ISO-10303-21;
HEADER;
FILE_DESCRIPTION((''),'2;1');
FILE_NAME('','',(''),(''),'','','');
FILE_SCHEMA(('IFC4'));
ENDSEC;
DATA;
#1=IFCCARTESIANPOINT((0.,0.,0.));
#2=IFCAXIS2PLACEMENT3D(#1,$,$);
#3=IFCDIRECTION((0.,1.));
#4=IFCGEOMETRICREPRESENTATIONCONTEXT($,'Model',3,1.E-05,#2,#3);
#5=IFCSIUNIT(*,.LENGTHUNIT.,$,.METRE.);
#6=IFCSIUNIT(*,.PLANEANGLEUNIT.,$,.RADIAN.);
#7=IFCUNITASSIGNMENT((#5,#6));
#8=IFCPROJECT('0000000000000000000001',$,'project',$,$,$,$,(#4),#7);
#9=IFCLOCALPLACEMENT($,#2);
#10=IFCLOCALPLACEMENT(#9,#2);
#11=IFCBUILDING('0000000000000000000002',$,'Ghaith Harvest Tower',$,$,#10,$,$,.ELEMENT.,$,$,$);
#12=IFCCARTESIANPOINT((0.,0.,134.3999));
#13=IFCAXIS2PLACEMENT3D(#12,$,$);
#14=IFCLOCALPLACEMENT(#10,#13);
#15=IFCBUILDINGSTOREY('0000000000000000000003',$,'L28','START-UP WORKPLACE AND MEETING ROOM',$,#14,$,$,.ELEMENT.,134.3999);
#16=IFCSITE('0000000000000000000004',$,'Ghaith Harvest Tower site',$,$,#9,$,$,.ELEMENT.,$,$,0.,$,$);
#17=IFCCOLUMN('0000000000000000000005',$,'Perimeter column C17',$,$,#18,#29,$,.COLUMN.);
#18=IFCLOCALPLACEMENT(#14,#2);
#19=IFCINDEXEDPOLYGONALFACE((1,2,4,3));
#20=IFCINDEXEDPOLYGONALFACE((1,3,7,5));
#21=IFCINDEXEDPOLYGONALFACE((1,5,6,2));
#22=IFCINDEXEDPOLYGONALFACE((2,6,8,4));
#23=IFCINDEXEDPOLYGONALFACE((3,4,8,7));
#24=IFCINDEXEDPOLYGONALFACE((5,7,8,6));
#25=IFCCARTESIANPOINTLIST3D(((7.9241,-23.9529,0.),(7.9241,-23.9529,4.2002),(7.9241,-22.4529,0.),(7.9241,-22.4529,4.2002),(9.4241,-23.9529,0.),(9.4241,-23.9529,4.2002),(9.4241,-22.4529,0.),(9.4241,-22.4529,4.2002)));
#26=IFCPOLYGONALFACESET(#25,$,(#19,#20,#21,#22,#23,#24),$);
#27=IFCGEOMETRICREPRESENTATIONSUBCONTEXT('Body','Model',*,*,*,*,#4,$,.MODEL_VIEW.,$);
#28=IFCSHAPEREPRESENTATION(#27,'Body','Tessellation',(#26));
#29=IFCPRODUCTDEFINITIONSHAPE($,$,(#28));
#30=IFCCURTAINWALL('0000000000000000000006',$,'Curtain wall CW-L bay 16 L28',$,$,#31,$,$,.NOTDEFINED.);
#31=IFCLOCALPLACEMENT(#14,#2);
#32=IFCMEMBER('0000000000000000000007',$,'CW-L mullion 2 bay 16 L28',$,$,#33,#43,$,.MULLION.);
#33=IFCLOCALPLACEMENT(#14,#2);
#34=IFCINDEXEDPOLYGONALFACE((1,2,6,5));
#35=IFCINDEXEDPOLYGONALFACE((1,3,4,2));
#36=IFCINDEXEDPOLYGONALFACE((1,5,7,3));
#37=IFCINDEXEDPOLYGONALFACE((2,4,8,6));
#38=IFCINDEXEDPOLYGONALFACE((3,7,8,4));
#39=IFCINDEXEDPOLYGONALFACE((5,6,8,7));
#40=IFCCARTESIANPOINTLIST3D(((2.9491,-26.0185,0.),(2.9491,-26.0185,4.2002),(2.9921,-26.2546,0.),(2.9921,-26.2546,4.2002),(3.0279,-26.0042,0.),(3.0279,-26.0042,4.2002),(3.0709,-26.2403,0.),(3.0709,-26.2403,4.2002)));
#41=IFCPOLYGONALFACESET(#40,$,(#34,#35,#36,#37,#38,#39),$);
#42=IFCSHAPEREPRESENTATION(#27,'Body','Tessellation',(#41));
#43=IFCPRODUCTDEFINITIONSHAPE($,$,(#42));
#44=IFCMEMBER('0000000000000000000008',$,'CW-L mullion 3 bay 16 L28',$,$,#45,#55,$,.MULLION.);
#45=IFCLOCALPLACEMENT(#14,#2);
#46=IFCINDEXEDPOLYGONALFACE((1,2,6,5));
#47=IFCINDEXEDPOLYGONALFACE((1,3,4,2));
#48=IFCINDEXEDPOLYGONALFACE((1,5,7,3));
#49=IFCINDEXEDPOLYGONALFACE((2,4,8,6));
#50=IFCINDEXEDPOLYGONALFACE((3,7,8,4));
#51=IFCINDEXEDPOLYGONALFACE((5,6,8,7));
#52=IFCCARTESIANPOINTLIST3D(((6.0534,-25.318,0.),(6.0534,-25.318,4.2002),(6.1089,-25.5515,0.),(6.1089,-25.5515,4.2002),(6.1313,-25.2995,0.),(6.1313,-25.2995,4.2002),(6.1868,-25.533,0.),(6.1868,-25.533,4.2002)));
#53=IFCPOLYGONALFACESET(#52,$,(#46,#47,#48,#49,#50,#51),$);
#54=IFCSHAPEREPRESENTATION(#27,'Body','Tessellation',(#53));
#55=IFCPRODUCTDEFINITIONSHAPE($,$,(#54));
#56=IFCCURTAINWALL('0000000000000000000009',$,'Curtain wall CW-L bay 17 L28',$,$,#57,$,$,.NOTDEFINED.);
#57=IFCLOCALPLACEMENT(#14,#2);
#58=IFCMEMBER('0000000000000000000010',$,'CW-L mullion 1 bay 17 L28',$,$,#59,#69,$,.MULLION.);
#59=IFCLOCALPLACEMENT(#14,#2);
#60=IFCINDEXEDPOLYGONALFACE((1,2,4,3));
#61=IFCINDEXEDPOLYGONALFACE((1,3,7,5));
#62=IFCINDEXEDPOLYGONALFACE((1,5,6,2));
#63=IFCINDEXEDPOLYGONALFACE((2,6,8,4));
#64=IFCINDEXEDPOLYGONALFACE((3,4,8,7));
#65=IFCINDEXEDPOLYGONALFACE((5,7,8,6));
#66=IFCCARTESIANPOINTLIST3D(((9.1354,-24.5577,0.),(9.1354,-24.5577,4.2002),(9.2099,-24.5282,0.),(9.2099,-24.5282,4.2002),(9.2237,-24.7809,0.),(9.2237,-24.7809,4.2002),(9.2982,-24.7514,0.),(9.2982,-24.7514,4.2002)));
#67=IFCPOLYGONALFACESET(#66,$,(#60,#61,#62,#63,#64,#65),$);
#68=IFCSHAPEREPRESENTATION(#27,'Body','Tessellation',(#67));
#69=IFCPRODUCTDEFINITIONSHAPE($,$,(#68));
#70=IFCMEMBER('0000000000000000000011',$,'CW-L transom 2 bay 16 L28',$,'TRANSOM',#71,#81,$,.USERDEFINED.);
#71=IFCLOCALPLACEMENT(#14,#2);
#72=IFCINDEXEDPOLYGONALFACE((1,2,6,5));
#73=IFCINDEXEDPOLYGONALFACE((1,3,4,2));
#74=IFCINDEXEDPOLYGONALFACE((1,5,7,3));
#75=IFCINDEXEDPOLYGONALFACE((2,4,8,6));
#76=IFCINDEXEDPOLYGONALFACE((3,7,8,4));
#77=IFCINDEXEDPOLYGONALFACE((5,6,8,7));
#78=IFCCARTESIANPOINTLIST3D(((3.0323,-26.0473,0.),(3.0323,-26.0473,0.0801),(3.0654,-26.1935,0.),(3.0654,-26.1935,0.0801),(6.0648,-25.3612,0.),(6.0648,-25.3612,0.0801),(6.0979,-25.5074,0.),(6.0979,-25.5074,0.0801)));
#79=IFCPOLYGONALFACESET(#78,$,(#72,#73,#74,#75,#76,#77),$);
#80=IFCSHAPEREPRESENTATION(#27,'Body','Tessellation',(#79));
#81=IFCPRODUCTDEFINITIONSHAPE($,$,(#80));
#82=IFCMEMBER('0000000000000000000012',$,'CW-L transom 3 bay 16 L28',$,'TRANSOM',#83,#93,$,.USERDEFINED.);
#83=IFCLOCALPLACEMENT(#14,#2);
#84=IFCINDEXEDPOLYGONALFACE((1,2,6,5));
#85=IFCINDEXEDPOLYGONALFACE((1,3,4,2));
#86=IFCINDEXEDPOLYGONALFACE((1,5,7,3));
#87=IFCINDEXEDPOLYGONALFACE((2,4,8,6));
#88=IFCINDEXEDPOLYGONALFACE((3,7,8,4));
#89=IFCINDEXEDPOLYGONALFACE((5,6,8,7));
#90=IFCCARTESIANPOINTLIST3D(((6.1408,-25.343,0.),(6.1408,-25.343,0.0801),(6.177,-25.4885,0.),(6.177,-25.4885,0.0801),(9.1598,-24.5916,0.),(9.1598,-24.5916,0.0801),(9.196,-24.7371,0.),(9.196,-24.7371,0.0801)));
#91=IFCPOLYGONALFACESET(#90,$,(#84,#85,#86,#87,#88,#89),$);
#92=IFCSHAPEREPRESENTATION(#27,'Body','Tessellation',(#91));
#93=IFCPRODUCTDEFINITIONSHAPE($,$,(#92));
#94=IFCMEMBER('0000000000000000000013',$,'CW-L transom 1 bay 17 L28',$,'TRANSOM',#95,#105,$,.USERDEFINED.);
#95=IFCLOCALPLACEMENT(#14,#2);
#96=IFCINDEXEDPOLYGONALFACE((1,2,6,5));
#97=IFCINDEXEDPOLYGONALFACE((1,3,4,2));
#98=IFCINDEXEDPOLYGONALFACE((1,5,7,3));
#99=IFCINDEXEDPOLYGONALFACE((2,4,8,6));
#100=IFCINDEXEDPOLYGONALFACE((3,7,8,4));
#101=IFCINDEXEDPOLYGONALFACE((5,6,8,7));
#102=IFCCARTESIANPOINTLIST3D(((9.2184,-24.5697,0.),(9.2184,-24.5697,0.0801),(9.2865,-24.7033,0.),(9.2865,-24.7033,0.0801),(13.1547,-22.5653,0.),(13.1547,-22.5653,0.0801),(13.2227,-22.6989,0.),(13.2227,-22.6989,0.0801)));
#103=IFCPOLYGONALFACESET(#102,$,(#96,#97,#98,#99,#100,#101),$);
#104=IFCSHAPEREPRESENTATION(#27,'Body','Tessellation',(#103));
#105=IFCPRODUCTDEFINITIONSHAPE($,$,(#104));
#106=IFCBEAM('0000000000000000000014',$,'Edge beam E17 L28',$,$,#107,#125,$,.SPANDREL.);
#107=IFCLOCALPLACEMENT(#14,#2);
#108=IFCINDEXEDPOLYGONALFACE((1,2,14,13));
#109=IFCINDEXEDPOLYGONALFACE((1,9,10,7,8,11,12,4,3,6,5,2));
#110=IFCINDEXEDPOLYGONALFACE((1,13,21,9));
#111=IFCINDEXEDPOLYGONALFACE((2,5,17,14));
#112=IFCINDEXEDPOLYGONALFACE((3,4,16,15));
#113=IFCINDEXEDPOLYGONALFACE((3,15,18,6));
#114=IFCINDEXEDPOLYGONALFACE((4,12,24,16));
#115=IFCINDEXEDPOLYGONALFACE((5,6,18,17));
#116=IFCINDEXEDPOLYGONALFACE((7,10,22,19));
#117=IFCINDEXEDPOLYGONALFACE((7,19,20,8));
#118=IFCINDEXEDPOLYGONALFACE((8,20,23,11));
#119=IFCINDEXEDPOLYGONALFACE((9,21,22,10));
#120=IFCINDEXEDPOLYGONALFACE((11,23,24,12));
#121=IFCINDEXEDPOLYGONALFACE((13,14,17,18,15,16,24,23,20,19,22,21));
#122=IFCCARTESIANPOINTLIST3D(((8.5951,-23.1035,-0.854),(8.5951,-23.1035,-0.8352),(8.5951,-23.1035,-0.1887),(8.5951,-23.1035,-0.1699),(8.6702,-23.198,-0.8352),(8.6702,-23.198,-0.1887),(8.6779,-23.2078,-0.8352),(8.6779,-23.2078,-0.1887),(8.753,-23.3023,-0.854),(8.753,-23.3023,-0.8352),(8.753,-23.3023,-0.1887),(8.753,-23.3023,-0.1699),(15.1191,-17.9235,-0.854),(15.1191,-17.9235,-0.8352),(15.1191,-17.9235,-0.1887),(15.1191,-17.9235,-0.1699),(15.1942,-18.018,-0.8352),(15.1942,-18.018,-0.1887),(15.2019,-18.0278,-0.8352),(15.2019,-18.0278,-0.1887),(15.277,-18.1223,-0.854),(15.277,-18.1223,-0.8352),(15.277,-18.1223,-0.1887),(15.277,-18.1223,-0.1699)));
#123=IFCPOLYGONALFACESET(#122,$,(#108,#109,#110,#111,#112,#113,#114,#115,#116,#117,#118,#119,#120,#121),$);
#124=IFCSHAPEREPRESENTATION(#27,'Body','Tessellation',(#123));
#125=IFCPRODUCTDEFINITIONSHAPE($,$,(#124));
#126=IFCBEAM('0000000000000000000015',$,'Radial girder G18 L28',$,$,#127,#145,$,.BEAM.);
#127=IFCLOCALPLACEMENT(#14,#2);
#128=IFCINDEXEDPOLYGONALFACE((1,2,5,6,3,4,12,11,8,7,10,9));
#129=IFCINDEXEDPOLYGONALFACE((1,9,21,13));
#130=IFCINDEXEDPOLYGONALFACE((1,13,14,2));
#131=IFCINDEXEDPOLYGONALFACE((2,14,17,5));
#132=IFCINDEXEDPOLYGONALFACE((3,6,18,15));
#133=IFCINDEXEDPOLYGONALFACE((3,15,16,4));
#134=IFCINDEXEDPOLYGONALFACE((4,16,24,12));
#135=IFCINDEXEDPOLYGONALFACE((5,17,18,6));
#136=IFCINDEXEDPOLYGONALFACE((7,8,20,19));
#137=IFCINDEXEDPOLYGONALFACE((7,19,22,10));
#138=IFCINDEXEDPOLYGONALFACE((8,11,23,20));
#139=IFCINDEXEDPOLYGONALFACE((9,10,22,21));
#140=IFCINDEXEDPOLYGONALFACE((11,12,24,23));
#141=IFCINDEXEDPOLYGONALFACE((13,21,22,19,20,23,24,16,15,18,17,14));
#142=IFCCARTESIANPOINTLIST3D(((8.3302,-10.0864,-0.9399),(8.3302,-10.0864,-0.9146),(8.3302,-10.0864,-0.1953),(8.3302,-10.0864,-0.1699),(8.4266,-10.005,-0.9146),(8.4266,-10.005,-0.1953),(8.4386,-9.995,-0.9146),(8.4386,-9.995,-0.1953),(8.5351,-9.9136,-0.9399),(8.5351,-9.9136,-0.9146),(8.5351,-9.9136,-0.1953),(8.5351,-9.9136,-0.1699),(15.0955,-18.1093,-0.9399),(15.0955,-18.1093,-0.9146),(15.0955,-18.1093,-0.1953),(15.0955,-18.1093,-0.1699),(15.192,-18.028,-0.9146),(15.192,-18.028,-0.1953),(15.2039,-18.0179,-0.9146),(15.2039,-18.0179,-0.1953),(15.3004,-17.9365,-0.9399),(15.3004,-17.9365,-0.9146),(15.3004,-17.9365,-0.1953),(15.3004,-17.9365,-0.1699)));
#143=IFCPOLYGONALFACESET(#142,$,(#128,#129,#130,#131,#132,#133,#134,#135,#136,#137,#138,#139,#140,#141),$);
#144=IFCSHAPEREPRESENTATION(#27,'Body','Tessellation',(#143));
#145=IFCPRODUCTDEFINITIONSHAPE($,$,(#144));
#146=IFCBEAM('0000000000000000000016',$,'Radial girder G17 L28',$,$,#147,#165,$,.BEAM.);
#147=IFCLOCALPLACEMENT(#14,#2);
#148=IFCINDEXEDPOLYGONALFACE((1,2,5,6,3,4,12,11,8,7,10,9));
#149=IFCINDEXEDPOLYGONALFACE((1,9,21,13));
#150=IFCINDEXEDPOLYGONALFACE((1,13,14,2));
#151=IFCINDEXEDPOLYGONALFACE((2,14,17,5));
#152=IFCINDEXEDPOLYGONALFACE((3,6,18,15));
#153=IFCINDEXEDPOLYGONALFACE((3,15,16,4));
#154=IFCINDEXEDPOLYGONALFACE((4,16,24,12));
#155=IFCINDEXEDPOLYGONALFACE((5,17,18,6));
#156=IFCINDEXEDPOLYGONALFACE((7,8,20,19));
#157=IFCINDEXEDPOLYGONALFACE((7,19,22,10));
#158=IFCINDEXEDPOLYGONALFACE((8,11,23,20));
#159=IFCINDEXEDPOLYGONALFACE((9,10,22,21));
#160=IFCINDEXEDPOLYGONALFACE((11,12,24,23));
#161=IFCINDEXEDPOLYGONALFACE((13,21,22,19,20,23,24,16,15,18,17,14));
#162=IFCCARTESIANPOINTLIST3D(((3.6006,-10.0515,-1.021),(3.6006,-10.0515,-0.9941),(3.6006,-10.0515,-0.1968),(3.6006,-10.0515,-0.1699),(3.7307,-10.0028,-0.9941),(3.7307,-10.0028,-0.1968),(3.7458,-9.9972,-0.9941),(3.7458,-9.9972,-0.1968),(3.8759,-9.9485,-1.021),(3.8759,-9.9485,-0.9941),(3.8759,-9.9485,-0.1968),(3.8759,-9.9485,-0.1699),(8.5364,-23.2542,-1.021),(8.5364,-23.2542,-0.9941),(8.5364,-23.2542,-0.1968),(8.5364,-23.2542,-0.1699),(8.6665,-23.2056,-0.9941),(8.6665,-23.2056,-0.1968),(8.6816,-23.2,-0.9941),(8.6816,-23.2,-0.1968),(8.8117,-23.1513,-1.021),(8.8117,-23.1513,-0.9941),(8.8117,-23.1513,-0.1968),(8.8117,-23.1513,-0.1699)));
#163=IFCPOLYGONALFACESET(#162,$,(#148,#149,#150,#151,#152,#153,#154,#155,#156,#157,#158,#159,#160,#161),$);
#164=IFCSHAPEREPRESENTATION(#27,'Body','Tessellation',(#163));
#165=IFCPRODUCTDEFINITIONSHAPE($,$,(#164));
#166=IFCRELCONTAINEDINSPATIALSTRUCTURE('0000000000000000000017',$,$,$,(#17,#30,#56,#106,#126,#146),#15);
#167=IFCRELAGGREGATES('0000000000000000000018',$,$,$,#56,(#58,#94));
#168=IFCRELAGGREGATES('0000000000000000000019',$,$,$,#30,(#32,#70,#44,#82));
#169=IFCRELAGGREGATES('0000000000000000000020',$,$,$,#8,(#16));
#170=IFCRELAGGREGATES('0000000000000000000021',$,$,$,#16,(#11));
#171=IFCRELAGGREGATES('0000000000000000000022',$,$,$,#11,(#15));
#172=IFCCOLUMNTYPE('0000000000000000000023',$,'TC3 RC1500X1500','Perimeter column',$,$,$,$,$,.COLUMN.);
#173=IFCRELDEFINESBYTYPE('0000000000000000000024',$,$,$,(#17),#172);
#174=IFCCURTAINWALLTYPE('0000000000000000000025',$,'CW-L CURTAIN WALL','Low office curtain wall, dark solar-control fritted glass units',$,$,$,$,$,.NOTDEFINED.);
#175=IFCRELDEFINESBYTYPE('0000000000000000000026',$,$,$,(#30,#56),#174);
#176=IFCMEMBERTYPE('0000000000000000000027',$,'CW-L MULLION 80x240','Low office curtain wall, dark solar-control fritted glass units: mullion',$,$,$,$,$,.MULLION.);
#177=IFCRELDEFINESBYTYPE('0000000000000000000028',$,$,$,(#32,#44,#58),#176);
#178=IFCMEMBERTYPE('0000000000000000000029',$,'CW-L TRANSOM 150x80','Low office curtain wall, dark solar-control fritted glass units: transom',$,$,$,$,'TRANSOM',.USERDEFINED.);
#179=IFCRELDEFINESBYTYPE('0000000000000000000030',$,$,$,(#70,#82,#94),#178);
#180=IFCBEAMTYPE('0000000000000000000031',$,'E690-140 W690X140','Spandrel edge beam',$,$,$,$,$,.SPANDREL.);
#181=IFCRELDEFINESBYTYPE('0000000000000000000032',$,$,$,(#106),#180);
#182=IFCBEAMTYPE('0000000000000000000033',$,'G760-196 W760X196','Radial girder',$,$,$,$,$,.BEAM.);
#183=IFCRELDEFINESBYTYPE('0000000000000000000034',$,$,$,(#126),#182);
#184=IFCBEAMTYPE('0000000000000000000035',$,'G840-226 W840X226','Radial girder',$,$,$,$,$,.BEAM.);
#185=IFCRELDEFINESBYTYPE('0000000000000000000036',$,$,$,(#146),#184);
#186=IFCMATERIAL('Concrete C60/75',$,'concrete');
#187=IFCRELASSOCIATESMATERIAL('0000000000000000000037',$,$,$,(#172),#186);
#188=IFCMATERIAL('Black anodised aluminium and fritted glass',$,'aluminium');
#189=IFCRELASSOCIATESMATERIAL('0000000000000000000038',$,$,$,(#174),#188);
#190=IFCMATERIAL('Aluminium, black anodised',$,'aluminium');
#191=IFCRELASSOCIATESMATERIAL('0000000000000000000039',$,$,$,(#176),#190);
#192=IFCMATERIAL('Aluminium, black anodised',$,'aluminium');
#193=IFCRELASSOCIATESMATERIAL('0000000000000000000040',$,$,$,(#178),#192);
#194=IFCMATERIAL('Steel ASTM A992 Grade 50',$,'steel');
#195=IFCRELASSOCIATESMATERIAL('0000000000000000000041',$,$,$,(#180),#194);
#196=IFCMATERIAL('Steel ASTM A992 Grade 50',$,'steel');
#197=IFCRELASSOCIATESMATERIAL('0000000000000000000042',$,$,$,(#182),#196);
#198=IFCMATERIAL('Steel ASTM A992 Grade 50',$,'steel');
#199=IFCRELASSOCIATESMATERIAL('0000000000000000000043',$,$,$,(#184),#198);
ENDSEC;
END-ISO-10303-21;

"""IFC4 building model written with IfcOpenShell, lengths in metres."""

from ifc_helpers import new_model, si_unit, direction, frame, origin, origin_2d, place, context, subcontext, project, spatial, rectangle, i_section, extrude, material, material_profile, profile_set, type_object, element, aggregate, save


model = new_model("IFC4")

# Units and contexts
model_context = context("Model", 3, precision=1e-05, world=origin(), true_north=direction((0.0, 1.0)))
body_context = subcontext(model_context, "Body", "Model", "MODEL_VIEW")
ifc_project = project(units=[si_unit("LENGTHUNIT", "METRE"), si_unit("PLANEANGLEUNIT", "RADIAN")], contexts=[model_context])

# Site, building, storey
site_placement = place(None, origin())
site = spatial("IfcSite", under=ifc_project, at=site_placement, Name="Ghaith Harvest Tower site", CompositionType="ELEMENT", RefElevation=0.0)
building_placement = place(site_placement, origin())
building = spatial("IfcBuilding", under=site, at=building_placement, Name="Ghaith Harvest Tower", CompositionType="ELEMENT")
storey_placement = place(building_placement, frame((0.0, 0.0, 134.3999)))
storey = spatial("IfcBuildingStorey", under=building, at=storey_placement, Name="L28", Description="START-UP WORKPLACE AND MEETING ROOM", CompositionType="ELEMENT", Elevation=134.3999)

# Column
ifc_material_1 = material(Name="Concrete C60/75", Category="concrete")
ifc_material_profile_1 = material_profile(ifc_material_1, rectangle(XDim=1.5, YDim=1.5, at=origin_2d()), Name="RC1500X1500")
ifc_profile_set_1 = profile_set([ifc_material_profile_1], Name="Concrete C60/75")
column_type = type_object("IfcColumnType", Name="TC3 RC1500X1500", Description="Perimeter column", PredefinedType="COLUMN", material=ifc_profile_set_1)
column_placement = place(storey_placement, frame((8.6741, -23.2029, 0.0), z_axis=(0.0, 0.0, 1.0), x_axis=(1.0, 0.0, 0.0)))
element("IfcColumn", 1, at=column_placement, inside=storey, type_object=column_type, Name="Perimeter column C17", PredefinedType="COLUMN", context=body_context, shape_type="SweptSolid", body=[
    extrude(rectangle(XDim=1.5, YDim=1.5, at=origin_2d()), origin(), (0.0, 0.0, 1.0), 4.2002),
])

# Curtain wall, members
ifc_material_2 = material(Name="Black anodised aluminium and fritted glass", Category="aluminium")
curtain_wall_type = type_object("IfcCurtainWallType", Name="CW-L CURTAIN WALL", Description="Low office curtain wall, dark solar-control fritted glass units", PredefinedType="NOTDEFINED", material=ifc_material_2)
curtain_wall_1_placement = place(storey_placement, origin())
curtain_wall_1 = element("IfcCurtainWall", 2, at=curtain_wall_1_placement, inside=storey, type_object=curtain_wall_type, Name="Curtain wall CW-L bay 16 L28", PredefinedType="NOTDEFINED")
ifc_material_3 = material(Name="Aluminium, black anodised", Category="aluminium")
ifc_material_profile_2 = material_profile(ifc_material_3, rectangle(XDim=0.0801, YDim=0.24, at=origin_2d()), Name="CW-L MULLION 80x240")
ifc_profile_set_2 = profile_set([ifc_material_profile_2], Name="Aluminium, black anodised")
member_type_1 = type_object("IfcMemberType", Name="CW-L MULLION 80x240", Description="Low office curtain wall, dark solar-control fritted glass units: mullion", PredefinedType="MULLION", material=ifc_profile_set_2)
member_1_placement = place(storey_placement, frame((3.01, -26.1294, 0.0), z_axis=(0.0, 0.0, 1.0), x_axis=(0.983806, 0.179235, 0.0)))
member_1 = element("IfcMember", 3, at=member_1_placement, type_object=member_type_1, Name="CW-L mullion 2 bay 16 L28", PredefinedType="MULLION", context=body_context, shape_type="SweptSolid", body=[
    extrude(rectangle(XDim=0.0801, YDim=0.24, at=origin_2d()), origin(), (0.0, 0.0, 1.0), 4.2002),
])
member_2_placement = place(storey_placement, frame((6.1201, -25.4255, 0.0), z_axis=(0.0, 0.0, 1.0), x_axis=(0.972918, 0.23115, 0.0)))
member_2 = element("IfcMember", 4, at=member_2_placement, type_object=member_type_1, Name="CW-L mullion 3 bay 16 L28", PredefinedType="MULLION", context=body_context, shape_type="SweptSolid", body=[
    extrude(rectangle(XDim=0.0801, YDim=0.24, at=origin_2d()), origin(), (0.0, 0.0, 1.0), 4.2002),
])

# Curtain wall, member
curtain_wall_2_placement = place(storey_placement, origin())
curtain_wall_2 = element("IfcCurtainWall", 5, at=curtain_wall_2_placement, inside=storey, type_object=curtain_wall_type, Name="Curtain wall CW-L bay 17 L28", PredefinedType="NOTDEFINED")
member_3_placement = place(storey_placement, frame((9.2168, -24.6545, 0.0), z_axis=(0.0, 0.0, 1.0), x_axis=(0.929832, 0.367985, 0.0)))
member_3 = element("IfcMember", 6, at=member_3_placement, type_object=member_type_1, Name="CW-L mullion 1 bay 17 L28", PredefinedType="MULLION", context=body_context, shape_type="SweptSolid", body=[
    extrude(rectangle(XDim=0.0801, YDim=0.24, at=origin_2d()), origin(), (0.0, 0.0, 1.0), 4.2002),
])

# Members
ifc_material_4 = material(Name="Aluminium, black anodised", Category="aluminium")
ifc_material_profile_3 = material_profile(ifc_material_4, rectangle(XDim=0.1499, YDim=0.0801, at=origin_2d()), Name="CW-L TRANSOM 150x80")
ifc_profile_set_3 = profile_set([ifc_material_profile_3], Name="Aluminium, black anodised")
member_type_2 = type_object("IfcMemberType", Name="CW-L TRANSOM 150x80", Description="Low office curtain wall, dark solar-control fritted glass units: transom", ElementType="TRANSOM", PredefinedType="USERDEFINED", material=ifc_profile_set_3)
member_4_placement = place(storey_placement, frame((3.0488, -26.1204, 0.04), z_axis=(0.975352, 0.220654, 0.0), x_axis=(-0.220654, 0.975352, 0.0)))
member_4 = element("IfcMember", 7, at=member_4_placement, type_object=member_type_2, Name="CW-L transom 2 bay 16 L28", ObjectType="TRANSOM", PredefinedType="USERDEFINED", context=body_context, shape_type="SweptSolid", body=[
    extrude(rectangle(XDim=0.1499, YDim=0.0801, at=origin_2d()), origin(), (0.0, 0.0, 1.0), 3.1091),
])
member_5_placement = place(storey_placement, frame((6.1589, -25.4158, 0.04), z_axis=(0.970391, 0.241538, 0.0), x_axis=(-0.241538, 0.970391, 0.0)))
member_5 = element("IfcMember", 8, at=member_5_placement, type_object=member_type_2, Name="CW-L transom 3 bay 16 L28", ObjectType="TRANSOM", PredefinedType="USERDEFINED", context=body_context, shape_type="SweptSolid", body=[
    extrude(rectangle(XDim=0.1499, YDim=0.0801, at=origin_2d()), origin(), (0.0, 0.0, 1.0), 3.1111),
])
member_6_placement = place(storey_placement, frame((9.2524, -24.6365, 0.04), z_axis=(0.89112, 0.453768, 0.0), x_axis=(-0.453768, 0.89112, 0.0)))
member_6 = element("IfcMember", 9, at=member_6_placement, type_object=member_type_2, Name="CW-L transom 1 bay 17 L28", ObjectType="TRANSOM", PredefinedType="USERDEFINED", context=body_context, shape_type="SweptSolid", body=[
    extrude(rectangle(XDim=0.1499, YDim=0.0801, at=origin_2d()), origin(), (0.0, 0.0, 1.0), 4.4172),
])
aggregate(curtain_wall_2, [member_3, member_6])

# Beams
ifc_material_5 = material(Name="Steel ASTM A992 Grade 50", Category="steel")
ifc_material_profile_4 = material_profile(ifc_material_5, i_section(OverallWidth=0.2539, OverallDepth=0.6841, WebThickness=0.0125, FlangeThickness=0.0188, at=origin_2d()), Name="W690X140")
ifc_profile_set_4 = profile_set([ifc_material_profile_4], Name="Steel ASTM A992 Grade 50")
beam_type_1 = type_object("IfcBeamType", Name="E690-140 W690X140", Description="Spandrel edge beam", PredefinedType="SPANDREL", material=ifc_profile_set_4)
beam_1_placement = place(storey_placement, frame((8.6741, -23.2029, -0.512), z_axis=(0.78316, 0.621821, 0.0), x_axis=(-0.621821, 0.78316, 0.0)))
element("IfcBeam", 10, at=beam_1_placement, inside=storey, type_object=beam_type_1, Name="Edge beam E17 L28", PredefinedType="SPANDREL", context=body_context, shape_type="SweptSolid", body=[
    extrude(i_section(OverallWidth=0.2539, OverallDepth=0.6841, WebThickness=0.0125, FlangeThickness=0.0188, at=origin_2d()), origin(), (0.0, 0.0, 1.0), 8.3303),
])
ifc_material_6 = material(Name="Steel ASTM A992 Grade 50", Category="steel")
ifc_material_profile_5 = material_profile(ifc_material_6, i_section(OverallWidth=0.2681, OverallDepth=0.77, WebThickness=0.0156, FlangeThickness=0.0254, at=origin_2d()), Name="W760X196")
ifc_profile_set_5 = profile_set([ifc_material_profile_5], Name="Steel ASTM A992 Grade 50")
beam_type_2 = type_object("IfcBeamType", Name="G760-196 W760X196", Description="Radial girder", PredefinedType="BEAM", material=ifc_profile_set_5)
beam_2_placement = place(storey_placement, frame((8.4326, -10.0, -0.5549), z_axis=(0.644649, -0.764478, 0.0), x_axis=(0.764478, 0.644649, 0.0)))
element("IfcBeam", 11, at=beam_2_placement, inside=storey, type_object=beam_type_2, Name="Radial girder G18 L28", PredefinedType="BEAM", context=body_context, shape_type="SweptSolid", body=[
    extrude(i_section(OverallWidth=0.2681, OverallDepth=0.77, WebThickness=0.0156, FlangeThickness=0.0254, at=origin_2d()), origin(), (0.0, 0.0, 1.0), 10.4946),
])
ifc_material_7 = material(Name="Steel ASTM A992 Grade 50", Category="steel")
ifc_material_profile_6 = material_profile(ifc_material_7, i_section(OverallWidth=0.2939, OverallDepth=0.8511, WebThickness=0.0161, FlangeThickness=0.0269, at=origin_2d()), Name="W840X226")
ifc_profile_set_6 = profile_set([ifc_material_profile_6], Name="Steel ASTM A992 Grade 50")
beam_type_3 = type_object("IfcBeamType", Name="G840-226 W840X226", Description="Radial girder", PredefinedType="BEAM", material=ifc_profile_set_6)
beam_3_placement = place(storey_placement, frame((3.7383, -10.0, -0.5955), z_axis=(0.350172, -0.936685, 0.0), x_axis=(0.936685, 0.350172, 0.0)))
element("IfcBeam", 12, at=beam_3_placement, inside=storey, type_object=beam_type_3, Name="Radial girder G17 L28", PredefinedType="BEAM", context=body_context, shape_type="SweptSolid", body=[
    extrude(i_section(OverallWidth=0.2939, OverallDepth=0.8511, WebThickness=0.0161, FlangeThickness=0.0269, at=origin_2d()), origin(), (0.0, 0.0, 1.0), 14.0952),
])

aggregate(curtain_wall_1, [member_1, member_4, member_2, member_5])

save(model, "model.ifc")
